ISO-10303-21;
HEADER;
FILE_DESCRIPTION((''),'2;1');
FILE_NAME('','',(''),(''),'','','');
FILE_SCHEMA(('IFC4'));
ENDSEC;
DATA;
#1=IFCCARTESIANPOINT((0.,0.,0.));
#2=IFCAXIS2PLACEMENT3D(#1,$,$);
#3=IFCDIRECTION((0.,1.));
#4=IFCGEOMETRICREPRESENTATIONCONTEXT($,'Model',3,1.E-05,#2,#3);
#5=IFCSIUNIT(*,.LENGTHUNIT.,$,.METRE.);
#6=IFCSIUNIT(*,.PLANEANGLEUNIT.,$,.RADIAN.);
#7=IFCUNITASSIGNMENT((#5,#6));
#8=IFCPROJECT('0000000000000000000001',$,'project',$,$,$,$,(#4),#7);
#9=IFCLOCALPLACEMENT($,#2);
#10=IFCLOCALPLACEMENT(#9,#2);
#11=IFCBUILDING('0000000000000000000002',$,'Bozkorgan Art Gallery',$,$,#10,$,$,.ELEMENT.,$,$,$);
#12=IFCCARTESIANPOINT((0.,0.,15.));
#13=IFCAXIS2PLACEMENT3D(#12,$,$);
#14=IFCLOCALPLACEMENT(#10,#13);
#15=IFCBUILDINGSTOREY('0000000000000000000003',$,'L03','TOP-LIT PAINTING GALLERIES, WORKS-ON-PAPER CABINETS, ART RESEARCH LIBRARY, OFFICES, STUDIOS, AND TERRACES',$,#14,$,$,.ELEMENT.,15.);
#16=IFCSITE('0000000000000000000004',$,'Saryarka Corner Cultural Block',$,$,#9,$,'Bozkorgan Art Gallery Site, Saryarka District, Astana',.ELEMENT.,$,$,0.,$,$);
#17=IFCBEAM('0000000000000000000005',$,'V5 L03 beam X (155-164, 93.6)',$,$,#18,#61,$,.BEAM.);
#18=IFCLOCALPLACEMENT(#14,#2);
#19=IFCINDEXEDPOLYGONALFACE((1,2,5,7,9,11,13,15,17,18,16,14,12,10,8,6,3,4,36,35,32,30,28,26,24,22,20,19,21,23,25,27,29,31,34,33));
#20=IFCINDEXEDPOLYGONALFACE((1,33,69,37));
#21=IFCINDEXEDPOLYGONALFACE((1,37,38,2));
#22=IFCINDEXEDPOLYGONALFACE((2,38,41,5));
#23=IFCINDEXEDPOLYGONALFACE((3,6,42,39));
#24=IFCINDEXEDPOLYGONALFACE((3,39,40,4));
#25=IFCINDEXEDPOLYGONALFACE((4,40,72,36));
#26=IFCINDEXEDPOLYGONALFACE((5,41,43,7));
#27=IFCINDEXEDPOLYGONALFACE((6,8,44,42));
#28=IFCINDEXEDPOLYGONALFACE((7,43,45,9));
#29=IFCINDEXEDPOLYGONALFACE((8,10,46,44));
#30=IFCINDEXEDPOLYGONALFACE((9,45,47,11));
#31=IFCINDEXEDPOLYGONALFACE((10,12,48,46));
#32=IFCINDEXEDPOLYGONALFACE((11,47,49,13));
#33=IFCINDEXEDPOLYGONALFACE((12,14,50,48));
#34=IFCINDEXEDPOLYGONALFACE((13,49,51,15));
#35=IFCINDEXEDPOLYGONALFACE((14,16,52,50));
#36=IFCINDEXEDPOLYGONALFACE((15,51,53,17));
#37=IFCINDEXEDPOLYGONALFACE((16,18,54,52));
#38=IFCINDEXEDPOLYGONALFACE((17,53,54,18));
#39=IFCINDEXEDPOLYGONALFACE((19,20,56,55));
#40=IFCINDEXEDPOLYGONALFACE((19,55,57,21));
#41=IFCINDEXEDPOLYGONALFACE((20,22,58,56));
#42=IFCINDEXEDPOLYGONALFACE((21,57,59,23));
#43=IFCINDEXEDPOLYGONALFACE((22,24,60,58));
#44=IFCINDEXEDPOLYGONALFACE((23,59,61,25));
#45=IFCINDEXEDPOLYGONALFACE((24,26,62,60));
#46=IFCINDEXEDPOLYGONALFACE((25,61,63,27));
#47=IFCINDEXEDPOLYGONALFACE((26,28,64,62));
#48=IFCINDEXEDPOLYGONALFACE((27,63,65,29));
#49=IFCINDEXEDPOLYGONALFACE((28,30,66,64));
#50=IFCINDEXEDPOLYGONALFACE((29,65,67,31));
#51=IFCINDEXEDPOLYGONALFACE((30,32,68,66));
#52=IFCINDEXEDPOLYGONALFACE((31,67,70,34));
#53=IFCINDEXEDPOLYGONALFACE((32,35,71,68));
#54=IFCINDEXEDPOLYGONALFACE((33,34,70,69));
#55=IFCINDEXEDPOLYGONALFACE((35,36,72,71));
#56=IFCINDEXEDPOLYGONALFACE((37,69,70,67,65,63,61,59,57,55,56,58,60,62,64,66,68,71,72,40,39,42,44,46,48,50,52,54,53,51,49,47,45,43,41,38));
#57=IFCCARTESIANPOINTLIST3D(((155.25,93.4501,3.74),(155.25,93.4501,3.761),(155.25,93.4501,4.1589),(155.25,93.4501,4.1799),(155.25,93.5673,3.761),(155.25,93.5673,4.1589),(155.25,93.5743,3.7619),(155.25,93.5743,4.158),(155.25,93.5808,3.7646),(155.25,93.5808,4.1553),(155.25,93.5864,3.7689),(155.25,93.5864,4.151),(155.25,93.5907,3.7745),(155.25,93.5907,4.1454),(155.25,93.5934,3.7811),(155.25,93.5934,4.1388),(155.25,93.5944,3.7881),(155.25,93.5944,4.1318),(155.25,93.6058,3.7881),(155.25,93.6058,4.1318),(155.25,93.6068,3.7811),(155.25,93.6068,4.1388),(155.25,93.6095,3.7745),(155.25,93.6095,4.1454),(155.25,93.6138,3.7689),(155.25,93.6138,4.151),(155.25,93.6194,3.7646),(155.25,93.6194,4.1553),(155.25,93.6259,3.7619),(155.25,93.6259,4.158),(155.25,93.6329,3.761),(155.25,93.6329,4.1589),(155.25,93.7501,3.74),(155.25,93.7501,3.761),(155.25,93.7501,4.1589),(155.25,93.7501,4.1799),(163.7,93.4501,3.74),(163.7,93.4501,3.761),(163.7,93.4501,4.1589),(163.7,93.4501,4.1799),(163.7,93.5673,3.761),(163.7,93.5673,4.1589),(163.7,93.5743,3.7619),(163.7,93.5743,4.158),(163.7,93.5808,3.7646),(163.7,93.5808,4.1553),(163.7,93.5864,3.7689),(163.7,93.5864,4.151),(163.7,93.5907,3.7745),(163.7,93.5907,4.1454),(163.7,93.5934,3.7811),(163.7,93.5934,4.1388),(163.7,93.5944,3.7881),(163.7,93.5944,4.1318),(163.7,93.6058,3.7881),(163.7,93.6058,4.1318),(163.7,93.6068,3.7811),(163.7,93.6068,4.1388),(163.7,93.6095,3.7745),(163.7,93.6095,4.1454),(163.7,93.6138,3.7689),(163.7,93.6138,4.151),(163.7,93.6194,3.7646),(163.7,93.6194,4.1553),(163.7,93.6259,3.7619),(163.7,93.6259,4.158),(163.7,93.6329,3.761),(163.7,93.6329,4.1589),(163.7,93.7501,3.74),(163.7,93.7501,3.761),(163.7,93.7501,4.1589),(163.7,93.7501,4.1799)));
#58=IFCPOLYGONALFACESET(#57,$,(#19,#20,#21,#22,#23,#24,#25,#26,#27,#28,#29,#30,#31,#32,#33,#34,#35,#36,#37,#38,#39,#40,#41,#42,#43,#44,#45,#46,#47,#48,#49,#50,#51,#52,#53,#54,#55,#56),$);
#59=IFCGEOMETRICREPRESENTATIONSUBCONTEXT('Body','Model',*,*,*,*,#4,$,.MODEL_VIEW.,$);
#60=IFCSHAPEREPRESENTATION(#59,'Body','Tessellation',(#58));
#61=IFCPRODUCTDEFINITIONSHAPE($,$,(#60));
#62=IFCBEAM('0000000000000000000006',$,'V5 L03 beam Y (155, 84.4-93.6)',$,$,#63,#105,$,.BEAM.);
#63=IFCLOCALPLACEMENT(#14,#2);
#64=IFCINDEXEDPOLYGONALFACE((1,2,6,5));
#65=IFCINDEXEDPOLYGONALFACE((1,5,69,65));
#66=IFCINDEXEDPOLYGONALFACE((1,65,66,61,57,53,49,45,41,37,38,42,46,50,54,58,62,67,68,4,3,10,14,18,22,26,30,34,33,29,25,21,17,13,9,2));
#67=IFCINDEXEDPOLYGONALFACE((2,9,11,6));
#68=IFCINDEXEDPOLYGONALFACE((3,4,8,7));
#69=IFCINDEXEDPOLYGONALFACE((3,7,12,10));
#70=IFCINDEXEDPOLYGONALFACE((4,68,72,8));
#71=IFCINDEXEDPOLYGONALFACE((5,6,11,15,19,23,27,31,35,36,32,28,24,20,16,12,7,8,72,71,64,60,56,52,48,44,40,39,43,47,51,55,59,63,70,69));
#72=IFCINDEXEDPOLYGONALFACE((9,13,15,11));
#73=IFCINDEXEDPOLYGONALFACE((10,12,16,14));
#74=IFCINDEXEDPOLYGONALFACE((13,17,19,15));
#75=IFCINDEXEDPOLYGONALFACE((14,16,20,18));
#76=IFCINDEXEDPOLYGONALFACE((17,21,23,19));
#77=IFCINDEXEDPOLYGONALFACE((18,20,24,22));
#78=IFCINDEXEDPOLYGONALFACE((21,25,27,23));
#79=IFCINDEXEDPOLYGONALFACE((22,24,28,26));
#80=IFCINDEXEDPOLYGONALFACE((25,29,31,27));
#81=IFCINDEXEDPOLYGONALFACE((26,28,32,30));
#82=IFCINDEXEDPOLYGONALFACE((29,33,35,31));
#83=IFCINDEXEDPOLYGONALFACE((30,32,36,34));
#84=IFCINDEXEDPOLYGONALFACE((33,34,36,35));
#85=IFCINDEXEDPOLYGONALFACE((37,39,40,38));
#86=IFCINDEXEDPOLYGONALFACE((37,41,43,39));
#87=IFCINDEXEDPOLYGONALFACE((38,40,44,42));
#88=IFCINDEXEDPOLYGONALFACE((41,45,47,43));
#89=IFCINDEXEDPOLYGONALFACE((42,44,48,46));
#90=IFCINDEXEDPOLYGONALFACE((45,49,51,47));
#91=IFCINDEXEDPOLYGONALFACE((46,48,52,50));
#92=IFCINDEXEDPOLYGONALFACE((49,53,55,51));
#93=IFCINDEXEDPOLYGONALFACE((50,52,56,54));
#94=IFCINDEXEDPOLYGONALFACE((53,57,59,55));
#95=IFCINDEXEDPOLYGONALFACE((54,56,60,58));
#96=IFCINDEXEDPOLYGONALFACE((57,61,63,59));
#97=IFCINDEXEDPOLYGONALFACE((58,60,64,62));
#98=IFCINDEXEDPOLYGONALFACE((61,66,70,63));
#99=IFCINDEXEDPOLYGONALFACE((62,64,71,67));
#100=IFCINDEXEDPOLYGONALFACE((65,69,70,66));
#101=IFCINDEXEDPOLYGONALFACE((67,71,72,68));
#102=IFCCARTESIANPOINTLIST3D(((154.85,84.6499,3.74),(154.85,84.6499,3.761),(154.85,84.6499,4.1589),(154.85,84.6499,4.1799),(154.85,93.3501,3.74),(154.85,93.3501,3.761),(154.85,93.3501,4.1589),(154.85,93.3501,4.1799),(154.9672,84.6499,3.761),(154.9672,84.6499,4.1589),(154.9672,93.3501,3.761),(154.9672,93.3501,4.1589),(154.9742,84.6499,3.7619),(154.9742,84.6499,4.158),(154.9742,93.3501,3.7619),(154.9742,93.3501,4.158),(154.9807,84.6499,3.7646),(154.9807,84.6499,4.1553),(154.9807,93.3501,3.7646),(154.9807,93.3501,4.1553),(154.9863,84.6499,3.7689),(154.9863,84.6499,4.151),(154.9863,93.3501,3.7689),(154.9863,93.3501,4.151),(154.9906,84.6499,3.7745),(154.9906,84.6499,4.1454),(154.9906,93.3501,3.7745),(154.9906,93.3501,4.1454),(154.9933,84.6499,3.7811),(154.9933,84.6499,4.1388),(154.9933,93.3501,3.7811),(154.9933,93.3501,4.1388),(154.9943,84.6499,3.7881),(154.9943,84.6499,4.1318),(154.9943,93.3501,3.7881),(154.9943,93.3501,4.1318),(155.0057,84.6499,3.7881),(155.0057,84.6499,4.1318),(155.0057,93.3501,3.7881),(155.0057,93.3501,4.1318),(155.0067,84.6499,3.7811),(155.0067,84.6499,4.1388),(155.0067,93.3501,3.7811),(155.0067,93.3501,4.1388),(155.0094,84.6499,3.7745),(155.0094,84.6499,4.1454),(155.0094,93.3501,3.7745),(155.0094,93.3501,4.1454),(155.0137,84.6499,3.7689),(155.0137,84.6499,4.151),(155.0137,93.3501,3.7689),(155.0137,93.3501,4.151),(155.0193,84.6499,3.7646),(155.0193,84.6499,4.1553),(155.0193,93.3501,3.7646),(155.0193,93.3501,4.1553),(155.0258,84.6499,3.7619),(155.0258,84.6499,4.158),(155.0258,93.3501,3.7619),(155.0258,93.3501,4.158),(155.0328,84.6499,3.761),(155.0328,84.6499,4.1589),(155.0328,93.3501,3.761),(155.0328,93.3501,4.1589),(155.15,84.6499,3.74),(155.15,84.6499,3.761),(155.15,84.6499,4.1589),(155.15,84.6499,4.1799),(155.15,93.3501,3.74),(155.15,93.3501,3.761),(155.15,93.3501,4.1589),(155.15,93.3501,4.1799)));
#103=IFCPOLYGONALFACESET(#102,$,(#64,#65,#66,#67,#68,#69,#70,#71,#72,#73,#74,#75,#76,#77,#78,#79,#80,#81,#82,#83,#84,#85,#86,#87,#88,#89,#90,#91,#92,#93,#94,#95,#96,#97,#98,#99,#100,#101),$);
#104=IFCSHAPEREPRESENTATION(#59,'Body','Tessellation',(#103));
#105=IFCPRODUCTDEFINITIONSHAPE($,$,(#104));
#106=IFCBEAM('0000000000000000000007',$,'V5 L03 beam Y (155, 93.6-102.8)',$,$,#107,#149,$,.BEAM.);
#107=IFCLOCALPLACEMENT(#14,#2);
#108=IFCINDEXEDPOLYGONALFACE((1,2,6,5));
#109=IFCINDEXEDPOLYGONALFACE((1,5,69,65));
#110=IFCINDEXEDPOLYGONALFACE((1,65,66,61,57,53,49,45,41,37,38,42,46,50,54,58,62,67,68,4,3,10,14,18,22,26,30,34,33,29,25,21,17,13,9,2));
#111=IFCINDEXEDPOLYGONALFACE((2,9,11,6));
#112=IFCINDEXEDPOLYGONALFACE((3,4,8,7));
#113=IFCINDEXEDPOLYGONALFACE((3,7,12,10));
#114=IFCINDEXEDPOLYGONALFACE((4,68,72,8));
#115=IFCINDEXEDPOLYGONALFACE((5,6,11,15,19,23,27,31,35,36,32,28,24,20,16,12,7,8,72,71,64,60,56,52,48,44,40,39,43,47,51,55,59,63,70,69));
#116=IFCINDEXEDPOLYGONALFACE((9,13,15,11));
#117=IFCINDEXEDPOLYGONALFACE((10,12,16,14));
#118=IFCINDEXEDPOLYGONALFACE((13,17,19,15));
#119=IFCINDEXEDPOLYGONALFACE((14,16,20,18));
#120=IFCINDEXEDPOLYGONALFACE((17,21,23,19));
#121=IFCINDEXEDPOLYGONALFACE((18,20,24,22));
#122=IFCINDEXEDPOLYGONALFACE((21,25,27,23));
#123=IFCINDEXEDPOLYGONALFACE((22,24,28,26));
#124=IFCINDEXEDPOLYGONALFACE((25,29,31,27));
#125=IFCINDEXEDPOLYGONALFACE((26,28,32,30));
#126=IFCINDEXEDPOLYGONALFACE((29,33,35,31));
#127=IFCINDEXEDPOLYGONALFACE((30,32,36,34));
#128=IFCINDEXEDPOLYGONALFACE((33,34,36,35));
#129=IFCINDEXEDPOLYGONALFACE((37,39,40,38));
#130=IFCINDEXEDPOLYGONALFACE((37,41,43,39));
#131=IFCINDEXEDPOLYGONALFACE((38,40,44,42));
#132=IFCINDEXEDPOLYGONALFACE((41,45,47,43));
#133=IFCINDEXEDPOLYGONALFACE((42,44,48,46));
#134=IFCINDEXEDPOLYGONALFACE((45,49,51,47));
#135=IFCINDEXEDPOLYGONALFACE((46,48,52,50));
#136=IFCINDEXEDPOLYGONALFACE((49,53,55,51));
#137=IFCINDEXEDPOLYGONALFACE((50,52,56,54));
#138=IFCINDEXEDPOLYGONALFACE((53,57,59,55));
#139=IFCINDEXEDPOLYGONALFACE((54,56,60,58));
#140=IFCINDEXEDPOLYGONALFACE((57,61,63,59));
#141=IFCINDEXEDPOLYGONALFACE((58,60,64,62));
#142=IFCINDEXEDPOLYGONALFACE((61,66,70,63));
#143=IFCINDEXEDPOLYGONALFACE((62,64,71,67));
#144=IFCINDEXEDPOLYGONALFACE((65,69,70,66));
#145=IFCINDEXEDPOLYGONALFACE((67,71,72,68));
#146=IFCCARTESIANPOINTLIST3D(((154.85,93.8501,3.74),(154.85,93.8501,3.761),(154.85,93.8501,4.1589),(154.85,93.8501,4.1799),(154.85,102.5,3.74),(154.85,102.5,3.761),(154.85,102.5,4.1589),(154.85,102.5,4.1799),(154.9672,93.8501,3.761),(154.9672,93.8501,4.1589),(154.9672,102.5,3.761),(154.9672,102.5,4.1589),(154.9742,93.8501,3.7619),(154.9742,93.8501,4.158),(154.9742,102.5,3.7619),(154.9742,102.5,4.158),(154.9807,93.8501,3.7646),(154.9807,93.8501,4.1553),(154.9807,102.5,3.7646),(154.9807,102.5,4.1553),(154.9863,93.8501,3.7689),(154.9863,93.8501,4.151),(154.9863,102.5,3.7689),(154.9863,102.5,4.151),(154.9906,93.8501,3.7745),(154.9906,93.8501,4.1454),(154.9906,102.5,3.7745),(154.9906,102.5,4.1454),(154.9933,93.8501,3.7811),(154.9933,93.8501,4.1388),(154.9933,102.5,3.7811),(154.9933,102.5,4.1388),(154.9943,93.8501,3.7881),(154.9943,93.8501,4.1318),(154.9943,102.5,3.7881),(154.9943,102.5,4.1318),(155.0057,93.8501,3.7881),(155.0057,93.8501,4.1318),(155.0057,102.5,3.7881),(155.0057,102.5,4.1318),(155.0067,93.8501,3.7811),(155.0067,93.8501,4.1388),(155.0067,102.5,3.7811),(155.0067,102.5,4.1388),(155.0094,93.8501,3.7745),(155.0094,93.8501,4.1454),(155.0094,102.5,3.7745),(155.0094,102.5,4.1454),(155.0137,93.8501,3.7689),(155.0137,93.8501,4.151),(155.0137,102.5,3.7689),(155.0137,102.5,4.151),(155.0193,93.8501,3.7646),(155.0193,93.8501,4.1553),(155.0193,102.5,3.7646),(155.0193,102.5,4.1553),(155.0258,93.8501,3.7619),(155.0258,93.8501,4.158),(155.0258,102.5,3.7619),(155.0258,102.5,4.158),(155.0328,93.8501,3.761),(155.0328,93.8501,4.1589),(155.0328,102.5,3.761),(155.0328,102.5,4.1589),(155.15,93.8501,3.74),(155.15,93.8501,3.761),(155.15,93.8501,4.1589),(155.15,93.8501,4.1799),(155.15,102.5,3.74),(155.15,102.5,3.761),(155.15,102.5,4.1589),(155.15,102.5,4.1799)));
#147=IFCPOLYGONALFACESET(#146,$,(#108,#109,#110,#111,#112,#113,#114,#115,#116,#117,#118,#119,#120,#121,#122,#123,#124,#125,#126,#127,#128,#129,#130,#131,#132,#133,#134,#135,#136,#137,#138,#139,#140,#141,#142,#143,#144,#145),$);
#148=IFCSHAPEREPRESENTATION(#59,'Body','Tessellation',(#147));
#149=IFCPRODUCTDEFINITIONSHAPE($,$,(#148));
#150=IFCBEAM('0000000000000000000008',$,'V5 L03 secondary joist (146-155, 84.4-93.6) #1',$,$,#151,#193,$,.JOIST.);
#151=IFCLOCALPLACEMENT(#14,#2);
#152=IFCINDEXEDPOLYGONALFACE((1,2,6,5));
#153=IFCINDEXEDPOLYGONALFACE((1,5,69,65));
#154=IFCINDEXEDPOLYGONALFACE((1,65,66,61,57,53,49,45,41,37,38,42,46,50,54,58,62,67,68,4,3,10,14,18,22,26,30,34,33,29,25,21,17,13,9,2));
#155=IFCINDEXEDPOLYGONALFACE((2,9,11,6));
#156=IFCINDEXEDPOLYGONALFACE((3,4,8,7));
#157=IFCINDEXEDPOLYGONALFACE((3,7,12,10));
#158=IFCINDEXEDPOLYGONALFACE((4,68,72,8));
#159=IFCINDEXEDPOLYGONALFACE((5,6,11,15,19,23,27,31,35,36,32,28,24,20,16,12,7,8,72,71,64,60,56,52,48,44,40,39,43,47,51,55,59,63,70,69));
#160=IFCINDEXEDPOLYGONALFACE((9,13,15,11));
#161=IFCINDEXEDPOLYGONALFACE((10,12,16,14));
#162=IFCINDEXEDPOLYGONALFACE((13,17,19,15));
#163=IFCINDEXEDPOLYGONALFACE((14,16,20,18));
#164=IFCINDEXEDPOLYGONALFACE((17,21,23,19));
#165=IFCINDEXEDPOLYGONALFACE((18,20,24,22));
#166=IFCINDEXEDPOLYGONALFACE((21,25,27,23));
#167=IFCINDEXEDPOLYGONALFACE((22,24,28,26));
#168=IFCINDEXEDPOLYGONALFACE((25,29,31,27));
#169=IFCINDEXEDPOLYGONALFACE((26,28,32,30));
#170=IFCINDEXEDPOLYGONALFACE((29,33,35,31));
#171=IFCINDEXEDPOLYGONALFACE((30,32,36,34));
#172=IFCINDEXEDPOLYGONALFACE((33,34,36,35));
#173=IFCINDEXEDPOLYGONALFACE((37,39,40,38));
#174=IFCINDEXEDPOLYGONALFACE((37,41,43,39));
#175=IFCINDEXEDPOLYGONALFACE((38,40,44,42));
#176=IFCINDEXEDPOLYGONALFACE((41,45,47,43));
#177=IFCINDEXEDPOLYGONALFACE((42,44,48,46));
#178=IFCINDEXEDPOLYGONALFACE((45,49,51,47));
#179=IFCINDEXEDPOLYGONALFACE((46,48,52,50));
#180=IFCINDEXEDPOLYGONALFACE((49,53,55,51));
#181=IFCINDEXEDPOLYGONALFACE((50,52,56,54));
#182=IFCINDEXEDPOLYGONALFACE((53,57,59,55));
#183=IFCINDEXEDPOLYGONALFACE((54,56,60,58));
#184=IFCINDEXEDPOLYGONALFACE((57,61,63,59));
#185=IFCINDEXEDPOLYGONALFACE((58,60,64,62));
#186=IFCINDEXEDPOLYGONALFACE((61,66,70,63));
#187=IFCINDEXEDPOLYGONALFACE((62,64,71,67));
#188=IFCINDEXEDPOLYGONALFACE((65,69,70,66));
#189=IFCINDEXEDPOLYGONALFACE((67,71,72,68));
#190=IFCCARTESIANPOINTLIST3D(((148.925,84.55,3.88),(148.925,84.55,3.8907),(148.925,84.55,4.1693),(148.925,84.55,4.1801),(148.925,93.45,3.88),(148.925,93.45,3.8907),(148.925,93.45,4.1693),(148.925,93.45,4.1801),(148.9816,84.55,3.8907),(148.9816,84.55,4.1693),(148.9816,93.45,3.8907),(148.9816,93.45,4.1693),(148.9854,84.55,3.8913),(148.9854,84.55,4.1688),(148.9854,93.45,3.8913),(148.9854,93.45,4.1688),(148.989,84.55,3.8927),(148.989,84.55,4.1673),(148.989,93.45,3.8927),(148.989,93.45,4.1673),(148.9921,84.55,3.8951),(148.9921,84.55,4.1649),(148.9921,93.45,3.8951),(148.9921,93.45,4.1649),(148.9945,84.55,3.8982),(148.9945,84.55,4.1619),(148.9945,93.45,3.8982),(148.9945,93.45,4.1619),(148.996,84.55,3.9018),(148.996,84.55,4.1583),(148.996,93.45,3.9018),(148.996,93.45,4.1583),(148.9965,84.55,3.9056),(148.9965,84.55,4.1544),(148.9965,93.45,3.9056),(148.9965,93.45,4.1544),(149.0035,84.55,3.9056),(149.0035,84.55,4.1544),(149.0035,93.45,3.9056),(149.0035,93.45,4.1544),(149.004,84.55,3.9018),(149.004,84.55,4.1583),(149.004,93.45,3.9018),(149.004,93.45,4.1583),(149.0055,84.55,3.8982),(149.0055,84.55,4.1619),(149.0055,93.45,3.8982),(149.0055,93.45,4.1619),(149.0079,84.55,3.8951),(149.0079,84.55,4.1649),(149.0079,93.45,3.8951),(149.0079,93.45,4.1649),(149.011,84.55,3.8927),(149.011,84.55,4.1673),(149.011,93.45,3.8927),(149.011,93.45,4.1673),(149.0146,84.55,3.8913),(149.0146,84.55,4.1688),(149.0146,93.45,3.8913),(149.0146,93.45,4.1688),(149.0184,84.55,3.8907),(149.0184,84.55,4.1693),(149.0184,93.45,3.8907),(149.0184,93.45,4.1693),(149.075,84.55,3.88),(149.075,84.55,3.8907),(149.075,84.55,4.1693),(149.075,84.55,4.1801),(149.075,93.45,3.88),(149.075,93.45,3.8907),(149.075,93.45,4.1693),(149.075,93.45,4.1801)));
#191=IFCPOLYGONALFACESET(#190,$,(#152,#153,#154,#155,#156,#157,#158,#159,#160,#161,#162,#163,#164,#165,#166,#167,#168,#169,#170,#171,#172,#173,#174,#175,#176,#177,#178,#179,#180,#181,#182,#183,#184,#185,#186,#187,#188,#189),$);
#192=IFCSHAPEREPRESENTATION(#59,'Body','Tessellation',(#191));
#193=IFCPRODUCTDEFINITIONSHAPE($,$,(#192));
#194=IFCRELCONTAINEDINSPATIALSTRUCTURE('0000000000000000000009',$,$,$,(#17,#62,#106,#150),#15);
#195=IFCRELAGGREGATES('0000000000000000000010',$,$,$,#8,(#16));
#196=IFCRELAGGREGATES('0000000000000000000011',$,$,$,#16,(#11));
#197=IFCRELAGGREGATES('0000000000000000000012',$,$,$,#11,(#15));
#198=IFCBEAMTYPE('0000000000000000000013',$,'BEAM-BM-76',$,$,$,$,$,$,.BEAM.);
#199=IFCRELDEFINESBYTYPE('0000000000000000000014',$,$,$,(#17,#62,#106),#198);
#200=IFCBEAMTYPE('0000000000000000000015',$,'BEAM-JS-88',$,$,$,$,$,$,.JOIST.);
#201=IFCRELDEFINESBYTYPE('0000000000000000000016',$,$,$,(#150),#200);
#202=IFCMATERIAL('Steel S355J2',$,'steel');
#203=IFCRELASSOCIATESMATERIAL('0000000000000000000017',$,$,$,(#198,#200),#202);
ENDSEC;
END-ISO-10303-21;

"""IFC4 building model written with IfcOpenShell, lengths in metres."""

from ifc_helpers import new_model, si_unit, direction, frame, origin, origin_2d, place, context, subcontext, project, spatial, i_section, extrude, material, material_profile, profile_set, type_object, element, save


model = new_model("IFC4")

# Units and contexts
model_context = context("Model", 3, precision=1e-05, world=origin(), true_north=direction((0.0, 1.0)))
body_context = subcontext(model_context, "Body", "Model", "MODEL_VIEW")
ifc_project = project(units=[si_unit("LENGTHUNIT", "METRE"), si_unit("PLANEANGLEUNIT", "RADIAN")], contexts=[model_context])

# Site, building, storey
site_placement = place(None, origin())
site = spatial("IfcSite", under=ifc_project, at=site_placement, Name="Saryarka Corner Cultural Block", LongName="Bozkorgan Art Gallery Site, Saryarka District, Astana", CompositionType="ELEMENT", RefElevation=0.0)
building_placement = place(site_placement, origin())
building = spatial("IfcBuilding", under=site, at=building_placement, Name="Bozkorgan Art Gallery", CompositionType="ELEMENT")
storey_placement = place(building_placement, frame((0.0, 0.0, 15.0)))
storey = spatial("IfcBuildingStorey", under=building, at=storey_placement, Name="L03", Description="TOP-LIT PAINTING GALLERIES, WORKS-ON-PAPER CABINETS, ART RESEARCH LIBRARY, OFFICES, STUDIOS, AND TERRACES", CompositionType="ELEMENT", Elevation=15.0)

# Beams
ifc_material_1 = material(Name="Steel S355J2", Category="steel")
ifc_material_profile_1 = material_profile(ifc_material_1, i_section(OverallWidth=0.3, OverallDepth=0.4399, WebThickness=0.0115, FlangeThickness=0.021, FilletRadius=0.0271, at=origin_2d()), Name="HEA 450")
ifc_profile_set_1 = profile_set([ifc_material_profile_1], Name="Steel S355J2")
beam_type_1 = type_object("IfcBeamType", Name="BEAM-BM-76", PredefinedType="BEAM", material=ifc_profile_set_1)
beam_1_placement = place(storey_placement, frame((155.25, 93.6001, 3.96), z_axis=(1.0, 0.0, 0.0), x_axis=(0.0, 1.0, 0.0)))
element("IfcBeam", 1, at=beam_1_placement, inside=storey, type_object=beam_type_1, Name="V5 L03 beam X (155-164, 93.6)", PredefinedType="BEAM", context=body_context, shape_type="SweptSolid", body=[
    extrude(i_section(OverallWidth=0.3, OverallDepth=0.4399, WebThickness=0.0115, FlangeThickness=0.021, FilletRadius=0.0271, at=origin_2d()), origin(), (0.0, 0.0, 1.0), 8.45),
])
beam_2_placement = place(storey_placement, frame((155.0, 84.6499, 3.96), z_axis=(0.0, 1.0, 0.0), x_axis=(-1.0, 0.0, 0.0)))
element("IfcBeam", 2, at=beam_2_placement, inside=storey, type_object=beam_type_1, Name="V5 L03 beam Y (155, 84.4-93.6)", PredefinedType="BEAM", context=body_context, shape_type="SweptSolid", body=[
    extrude(i_section(OverallWidth=0.3, OverallDepth=0.4399, WebThickness=0.0115, FlangeThickness=0.021, FilletRadius=0.0271, at=origin_2d()), origin(), (0.0, 0.0, 1.0), 8.7002),
])
beam_3_placement = place(storey_placement, frame((155.0, 93.8501, 3.96), z_axis=(0.0, 1.0, 0.0), x_axis=(-1.0, 0.0, 0.0)))
element("IfcBeam", 3, at=beam_3_placement, inside=storey, type_object=beam_type_1, Name="V5 L03 beam Y (155, 93.6-102.8)", PredefinedType="BEAM", context=body_context, shape_type="SweptSolid", body=[
    extrude(i_section(OverallWidth=0.3, OverallDepth=0.4399, WebThickness=0.0115, FlangeThickness=0.021, FilletRadius=0.0271, at=origin_2d()), origin(), (0.0, 0.0, 1.0), 8.6499),
])
ifc_material_profile_2 = material_profile(ifc_material_1, i_section(OverallWidth=0.1499, OverallDepth=0.3, WebThickness=0.0071, FlangeThickness=0.0107, FilletRadius=0.0149, at=origin_2d()), Name="IPE 300")
ifc_profile_set_2 = profile_set([ifc_material_profile_2], Name="Steel S355J2")
beam_type_2 = type_object("IfcBeamType", Name="BEAM-JS-88", PredefinedType="JOIST", material=ifc_profile_set_2)
for number, where, z_axis, x_axis, name in (
    (4, (149.0, 84.55, 4.03), (0.0, 1.0, 0.0), (-1.0, 0.0, 0.0), "V5 L03 secondary joist (146-155, 84.4-93.6) #1"),
):
    element("IfcBeam", number, at=place(storey_placement, frame(where, z_axis=z_axis, x_axis=x_axis)), inside=storey, type_object=beam_type_2, Name=name, PredefinedType="JOIST", context=body_context, shape_type="SweptSolid", body=[
        extrude(i_section(OverallWidth=0.1499, OverallDepth=0.3, WebThickness=0.0071, FlangeThickness=0.0107, FilletRadius=0.0149, at=origin_2d()), origin(), (0.0, 0.0, 1.0), 8.8999),
    ])

save(model, "model.ifc")
